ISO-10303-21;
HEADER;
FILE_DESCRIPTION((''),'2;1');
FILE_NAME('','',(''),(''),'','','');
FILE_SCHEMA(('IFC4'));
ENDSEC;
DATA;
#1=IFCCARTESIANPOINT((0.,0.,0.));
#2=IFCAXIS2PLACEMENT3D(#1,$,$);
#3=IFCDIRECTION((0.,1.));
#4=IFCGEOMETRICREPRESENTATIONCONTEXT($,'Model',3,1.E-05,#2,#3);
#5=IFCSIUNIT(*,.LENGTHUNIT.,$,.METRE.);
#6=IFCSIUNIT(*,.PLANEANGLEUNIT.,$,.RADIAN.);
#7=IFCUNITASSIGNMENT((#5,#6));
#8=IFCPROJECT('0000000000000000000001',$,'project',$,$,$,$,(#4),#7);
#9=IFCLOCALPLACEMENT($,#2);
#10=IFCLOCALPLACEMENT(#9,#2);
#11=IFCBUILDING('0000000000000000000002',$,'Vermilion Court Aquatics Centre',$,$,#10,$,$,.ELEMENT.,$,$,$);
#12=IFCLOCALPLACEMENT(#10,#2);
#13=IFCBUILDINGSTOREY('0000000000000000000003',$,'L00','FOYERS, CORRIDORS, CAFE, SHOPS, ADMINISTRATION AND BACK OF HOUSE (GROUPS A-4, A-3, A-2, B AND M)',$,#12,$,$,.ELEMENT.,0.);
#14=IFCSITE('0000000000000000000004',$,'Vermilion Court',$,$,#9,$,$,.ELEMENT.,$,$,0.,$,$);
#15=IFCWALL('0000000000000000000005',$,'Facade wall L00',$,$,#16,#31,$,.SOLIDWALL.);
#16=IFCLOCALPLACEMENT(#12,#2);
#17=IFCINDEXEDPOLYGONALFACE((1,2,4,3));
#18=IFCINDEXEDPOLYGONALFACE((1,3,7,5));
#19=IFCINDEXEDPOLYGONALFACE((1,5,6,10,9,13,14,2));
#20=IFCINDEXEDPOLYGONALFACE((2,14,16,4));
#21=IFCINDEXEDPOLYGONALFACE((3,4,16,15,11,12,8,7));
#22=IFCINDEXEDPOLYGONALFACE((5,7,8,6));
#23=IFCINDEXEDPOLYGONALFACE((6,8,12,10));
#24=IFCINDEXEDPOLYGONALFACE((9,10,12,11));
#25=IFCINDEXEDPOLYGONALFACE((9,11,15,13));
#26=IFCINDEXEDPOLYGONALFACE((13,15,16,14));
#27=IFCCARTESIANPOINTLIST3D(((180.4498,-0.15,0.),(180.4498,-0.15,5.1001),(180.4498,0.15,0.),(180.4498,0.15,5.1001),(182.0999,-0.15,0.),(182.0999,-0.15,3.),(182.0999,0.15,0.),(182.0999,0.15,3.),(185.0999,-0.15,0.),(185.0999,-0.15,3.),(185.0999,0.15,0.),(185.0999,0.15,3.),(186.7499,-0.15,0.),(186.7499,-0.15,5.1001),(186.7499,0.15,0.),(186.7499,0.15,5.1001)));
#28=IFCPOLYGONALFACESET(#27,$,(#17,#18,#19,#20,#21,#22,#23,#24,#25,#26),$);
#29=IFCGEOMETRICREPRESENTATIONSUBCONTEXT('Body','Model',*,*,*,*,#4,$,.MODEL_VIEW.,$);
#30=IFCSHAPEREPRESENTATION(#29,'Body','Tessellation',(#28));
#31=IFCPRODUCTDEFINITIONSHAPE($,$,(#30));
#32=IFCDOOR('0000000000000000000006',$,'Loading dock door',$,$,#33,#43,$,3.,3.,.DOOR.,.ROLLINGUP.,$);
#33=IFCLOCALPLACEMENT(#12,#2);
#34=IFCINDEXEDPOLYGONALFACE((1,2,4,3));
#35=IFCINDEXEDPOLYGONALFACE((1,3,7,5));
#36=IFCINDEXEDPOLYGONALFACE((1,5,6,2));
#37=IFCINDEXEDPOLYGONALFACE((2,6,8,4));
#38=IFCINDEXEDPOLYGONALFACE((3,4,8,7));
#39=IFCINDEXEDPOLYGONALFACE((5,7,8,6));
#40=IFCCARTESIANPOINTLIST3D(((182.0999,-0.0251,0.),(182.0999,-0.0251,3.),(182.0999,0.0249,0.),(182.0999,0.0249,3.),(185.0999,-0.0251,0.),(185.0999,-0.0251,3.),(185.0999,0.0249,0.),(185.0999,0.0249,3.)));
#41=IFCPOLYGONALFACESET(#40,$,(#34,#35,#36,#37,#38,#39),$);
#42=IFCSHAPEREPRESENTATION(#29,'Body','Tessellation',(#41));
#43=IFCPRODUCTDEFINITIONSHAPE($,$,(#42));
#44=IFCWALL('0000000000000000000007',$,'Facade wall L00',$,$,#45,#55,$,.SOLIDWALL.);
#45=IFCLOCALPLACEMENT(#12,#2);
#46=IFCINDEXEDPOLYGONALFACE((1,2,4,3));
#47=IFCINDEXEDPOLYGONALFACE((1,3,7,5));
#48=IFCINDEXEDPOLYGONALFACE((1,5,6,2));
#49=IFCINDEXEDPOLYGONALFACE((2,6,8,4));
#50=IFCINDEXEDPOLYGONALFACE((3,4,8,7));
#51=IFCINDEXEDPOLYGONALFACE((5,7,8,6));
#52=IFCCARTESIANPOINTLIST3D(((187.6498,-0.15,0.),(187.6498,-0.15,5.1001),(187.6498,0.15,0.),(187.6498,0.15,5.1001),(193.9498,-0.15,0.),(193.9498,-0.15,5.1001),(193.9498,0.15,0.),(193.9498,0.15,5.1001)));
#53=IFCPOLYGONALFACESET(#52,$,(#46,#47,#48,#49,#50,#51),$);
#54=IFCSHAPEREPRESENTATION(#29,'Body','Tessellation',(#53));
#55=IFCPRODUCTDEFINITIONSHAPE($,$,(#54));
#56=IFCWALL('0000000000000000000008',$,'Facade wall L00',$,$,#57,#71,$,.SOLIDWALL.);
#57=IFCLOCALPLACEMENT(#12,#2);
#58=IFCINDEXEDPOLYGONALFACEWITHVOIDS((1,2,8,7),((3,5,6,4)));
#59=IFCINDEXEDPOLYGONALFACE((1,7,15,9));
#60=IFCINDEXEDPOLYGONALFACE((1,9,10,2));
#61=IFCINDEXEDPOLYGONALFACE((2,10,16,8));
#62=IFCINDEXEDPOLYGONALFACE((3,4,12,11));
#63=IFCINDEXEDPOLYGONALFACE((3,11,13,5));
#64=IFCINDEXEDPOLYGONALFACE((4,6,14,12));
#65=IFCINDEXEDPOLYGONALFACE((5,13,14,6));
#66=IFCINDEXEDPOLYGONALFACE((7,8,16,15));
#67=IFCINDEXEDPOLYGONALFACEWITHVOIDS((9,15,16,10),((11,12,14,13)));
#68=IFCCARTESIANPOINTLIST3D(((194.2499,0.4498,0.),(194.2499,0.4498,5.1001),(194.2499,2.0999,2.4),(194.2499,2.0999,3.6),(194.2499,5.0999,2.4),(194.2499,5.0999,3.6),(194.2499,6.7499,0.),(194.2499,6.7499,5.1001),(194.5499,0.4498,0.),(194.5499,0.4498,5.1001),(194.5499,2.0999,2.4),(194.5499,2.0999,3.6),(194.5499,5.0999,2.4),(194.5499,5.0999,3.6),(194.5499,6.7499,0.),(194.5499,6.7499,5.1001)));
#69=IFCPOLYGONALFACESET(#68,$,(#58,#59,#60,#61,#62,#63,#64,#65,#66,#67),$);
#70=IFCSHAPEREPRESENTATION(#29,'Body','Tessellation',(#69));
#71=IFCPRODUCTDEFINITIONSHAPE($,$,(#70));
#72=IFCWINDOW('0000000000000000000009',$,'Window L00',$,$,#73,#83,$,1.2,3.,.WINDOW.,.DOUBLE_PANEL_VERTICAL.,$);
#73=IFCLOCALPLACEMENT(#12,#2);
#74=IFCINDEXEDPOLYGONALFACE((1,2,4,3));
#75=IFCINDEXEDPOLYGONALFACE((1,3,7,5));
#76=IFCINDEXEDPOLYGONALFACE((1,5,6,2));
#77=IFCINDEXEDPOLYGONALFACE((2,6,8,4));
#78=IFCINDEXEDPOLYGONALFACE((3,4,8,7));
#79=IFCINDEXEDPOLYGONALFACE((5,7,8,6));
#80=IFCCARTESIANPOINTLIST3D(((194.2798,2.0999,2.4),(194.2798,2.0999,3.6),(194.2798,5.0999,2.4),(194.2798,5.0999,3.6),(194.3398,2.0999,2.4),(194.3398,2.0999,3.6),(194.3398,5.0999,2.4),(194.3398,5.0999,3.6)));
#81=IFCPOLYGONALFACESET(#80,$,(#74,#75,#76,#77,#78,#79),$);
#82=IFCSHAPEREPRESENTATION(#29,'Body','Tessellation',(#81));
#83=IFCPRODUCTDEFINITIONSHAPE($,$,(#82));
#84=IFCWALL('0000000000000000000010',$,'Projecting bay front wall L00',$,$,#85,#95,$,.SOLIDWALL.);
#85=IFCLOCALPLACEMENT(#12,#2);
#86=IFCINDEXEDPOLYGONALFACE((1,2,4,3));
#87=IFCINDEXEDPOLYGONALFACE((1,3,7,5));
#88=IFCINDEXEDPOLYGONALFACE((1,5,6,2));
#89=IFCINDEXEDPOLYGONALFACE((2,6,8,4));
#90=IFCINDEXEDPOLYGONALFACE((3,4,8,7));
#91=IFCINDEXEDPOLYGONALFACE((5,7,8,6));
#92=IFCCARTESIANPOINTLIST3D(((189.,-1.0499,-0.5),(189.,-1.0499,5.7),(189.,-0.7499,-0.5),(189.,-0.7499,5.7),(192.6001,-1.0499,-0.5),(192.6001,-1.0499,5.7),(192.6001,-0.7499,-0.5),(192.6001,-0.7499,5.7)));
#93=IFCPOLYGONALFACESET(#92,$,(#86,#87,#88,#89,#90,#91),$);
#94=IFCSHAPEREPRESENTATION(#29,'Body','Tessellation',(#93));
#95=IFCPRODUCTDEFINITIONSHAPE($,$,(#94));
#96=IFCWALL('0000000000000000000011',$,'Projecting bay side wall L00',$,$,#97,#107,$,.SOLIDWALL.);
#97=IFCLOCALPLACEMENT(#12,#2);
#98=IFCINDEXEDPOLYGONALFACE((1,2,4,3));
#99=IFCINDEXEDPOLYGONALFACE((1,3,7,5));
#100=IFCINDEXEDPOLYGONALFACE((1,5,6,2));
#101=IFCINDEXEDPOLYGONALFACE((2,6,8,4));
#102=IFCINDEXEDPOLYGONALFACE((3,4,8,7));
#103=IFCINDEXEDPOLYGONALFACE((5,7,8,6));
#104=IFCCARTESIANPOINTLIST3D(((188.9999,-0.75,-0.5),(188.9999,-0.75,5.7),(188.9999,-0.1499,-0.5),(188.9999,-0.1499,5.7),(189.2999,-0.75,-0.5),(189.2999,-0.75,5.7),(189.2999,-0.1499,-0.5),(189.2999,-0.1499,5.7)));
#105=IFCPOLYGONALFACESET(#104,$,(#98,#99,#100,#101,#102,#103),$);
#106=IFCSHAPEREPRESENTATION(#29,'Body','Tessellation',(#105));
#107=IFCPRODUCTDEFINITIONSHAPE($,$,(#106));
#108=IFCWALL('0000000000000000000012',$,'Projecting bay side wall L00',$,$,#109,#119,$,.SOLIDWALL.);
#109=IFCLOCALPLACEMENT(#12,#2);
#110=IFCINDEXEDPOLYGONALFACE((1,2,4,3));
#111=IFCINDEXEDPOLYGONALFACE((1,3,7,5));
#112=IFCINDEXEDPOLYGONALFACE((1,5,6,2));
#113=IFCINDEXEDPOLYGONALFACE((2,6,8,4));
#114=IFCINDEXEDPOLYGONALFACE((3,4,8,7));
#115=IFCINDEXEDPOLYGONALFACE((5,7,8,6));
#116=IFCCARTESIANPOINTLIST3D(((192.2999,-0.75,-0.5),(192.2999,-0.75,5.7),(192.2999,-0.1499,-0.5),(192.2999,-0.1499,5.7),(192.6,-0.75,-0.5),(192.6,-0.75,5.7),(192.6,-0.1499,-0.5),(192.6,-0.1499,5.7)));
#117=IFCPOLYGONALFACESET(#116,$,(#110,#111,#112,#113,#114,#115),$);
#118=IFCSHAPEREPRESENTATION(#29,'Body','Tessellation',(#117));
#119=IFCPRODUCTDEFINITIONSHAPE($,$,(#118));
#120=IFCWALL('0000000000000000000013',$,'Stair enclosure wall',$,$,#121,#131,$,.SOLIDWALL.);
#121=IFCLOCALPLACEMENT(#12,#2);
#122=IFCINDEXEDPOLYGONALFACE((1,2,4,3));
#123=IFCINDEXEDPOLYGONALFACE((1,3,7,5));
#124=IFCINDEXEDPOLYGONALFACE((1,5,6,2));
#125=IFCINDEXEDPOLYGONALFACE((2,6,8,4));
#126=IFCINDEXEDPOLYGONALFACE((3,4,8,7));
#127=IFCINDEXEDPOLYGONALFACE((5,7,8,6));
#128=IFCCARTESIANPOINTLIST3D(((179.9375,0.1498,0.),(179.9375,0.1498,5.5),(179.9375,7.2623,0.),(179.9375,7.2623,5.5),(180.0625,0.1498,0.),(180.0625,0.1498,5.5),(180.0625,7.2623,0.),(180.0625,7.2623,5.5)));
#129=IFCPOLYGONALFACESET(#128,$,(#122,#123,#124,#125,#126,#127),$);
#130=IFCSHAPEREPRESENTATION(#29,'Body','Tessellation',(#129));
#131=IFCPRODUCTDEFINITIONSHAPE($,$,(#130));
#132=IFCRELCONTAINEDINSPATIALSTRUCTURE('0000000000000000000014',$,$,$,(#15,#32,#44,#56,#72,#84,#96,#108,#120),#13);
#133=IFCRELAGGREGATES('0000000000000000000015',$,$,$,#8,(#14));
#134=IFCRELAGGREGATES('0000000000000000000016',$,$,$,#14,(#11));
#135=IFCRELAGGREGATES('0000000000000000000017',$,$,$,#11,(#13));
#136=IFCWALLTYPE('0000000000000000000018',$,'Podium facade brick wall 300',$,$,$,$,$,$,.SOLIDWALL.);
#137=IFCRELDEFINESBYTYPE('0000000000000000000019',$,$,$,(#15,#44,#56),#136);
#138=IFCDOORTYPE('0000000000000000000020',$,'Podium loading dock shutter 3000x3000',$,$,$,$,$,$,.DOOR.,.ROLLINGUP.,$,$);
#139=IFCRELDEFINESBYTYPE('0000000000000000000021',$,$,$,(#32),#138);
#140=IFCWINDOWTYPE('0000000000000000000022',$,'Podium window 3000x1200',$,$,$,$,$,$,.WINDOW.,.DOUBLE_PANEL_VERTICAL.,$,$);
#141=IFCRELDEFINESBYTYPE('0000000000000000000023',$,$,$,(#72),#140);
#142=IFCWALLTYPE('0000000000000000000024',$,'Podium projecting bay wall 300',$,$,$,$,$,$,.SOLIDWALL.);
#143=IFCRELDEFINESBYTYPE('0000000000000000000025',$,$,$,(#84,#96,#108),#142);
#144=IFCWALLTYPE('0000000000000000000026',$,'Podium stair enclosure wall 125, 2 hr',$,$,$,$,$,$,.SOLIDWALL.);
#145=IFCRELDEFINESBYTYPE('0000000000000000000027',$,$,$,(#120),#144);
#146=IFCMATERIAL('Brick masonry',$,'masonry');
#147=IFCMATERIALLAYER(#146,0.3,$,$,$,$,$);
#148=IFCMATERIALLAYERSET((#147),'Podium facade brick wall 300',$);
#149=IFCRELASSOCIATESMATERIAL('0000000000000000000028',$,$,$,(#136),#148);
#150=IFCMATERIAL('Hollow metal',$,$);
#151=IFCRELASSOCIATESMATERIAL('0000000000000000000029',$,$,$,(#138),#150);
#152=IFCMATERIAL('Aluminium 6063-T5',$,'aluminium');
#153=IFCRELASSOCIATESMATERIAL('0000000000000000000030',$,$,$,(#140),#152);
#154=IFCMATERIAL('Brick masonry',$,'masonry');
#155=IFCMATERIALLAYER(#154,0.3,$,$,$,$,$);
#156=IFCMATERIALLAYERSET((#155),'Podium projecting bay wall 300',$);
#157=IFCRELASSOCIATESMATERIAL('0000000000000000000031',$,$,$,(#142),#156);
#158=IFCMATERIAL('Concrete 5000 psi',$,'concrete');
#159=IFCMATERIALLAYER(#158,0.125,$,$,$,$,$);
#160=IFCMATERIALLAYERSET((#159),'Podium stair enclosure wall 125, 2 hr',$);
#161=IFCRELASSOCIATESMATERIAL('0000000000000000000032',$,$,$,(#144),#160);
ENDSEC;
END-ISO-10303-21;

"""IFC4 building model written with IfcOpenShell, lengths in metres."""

from ifc_helpers import new_model, si_unit, direction, frame, frame_2d, origin, place, context, subcontext, project, spatial, rectangle, extrude, material, layer, layer_set, type_object, element, fill, save


model = new_model("IFC4")

# Units and contexts
model_context = context("Model", 3, precision=1e-05, world=origin(), true_north=direction((0.0, 1.0)))
body_context = subcontext(model_context, "Body", "Model", "MODEL_VIEW")
ifc_project = project(units=[si_unit("LENGTHUNIT", "METRE"), si_unit("PLANEANGLEUNIT", "RADIAN")], contexts=[model_context])

# Site, building, storey
site_placement = place(None, origin())
site = spatial("IfcSite", under=ifc_project, at=site_placement, Name="Vermilion Court", CompositionType="ELEMENT", RefElevation=0.0)
building_placement = place(site_placement, origin())
building = spatial("IfcBuilding", under=site, at=building_placement, Name="Vermilion Court Aquatics Centre", CompositionType="ELEMENT")
storey_placement = place(building_placement, origin())
storey = spatial("IfcBuildingStorey", under=building, at=storey_placement, Name="L00", Description="FOYERS, CORRIDORS, CAFE, SHOPS, ADMINISTRATION AND BACK OF HOUSE (GROUPS A-4, A-3, A-2, B AND M)", CompositionType="ELEMENT", Elevation=0.0)

# Wall, opening, door
ifc_material_1 = material(Name="Brick masonry", Category="masonry")
ifc_layer_1 = layer(ifc_material_1, 0.3)
ifc_layer_set_1 = layer_set([ifc_layer_1], Name="Podium facade brick wall 300")
wall_type_1 = type_object("IfcWallType", Name="Podium facade brick wall 300", PredefinedType="SOLIDWALL", material=ifc_layer_set_1)
wall_1_placement = place(storey_placement, frame((180.45, 0.0, 0.0), z_axis=(0.0, 0.0, 1.0), x_axis=(1.0, 0.0, 0.0)))
wall_1 = element("IfcWall", 1, at=wall_1_placement, inside=storey, type_object=wall_type_1, Name="Facade wall L00", PredefinedType="SOLIDWALL", context=body_context, shape_type="SweptSolid", body=[
    extrude(rectangle(XDim=6.3, YDim=0.3, at=frame_2d((3.1499, 0.0))), origin(), (0.0, 0.0, 1.0), 5.1001),
])
opening_1_placement = place(wall_1_placement, frame((1.6499, 0.0, 0.0)))
opening_1 = element("IfcOpeningElement", 2, at=opening_1_placement, cuts=wall_1, PredefinedType="OPENING", context=body_context, shape_type="SweptSolid", body=[
    extrude(rectangle(XDim=3.0, YDim=3.0, at=frame_2d((1.5, 1.5))), frame((0.0, 0.1599, 0.0), z_axis=(0.0, -1.0, 0.0), x_axis=(1.0, 0.0, 0.0)), (0.0, 0.0, 1.0), 0.3201),
])
ifc_material_2 = material(Name="Hollow metal")
door_type = type_object("IfcDoorType", Name="Podium loading dock shutter 3000x3000", OperationType="ROLLINGUP", PredefinedType="DOOR", material=ifc_material_2)
door_placement = place(opening_1_placement, frame((3.0, 0.0, 0.0), z_axis=(0.0, 0.0, 1.0), x_axis=(-1.0, 0.0, 0.0)))
door = element("IfcDoor", 3, at=door_placement, inside=storey, type_object=door_type, Name="Loading dock door", OperationType="ROLLINGUP", OverallHeight=3.0, OverallWidth=3.0, PredefinedType="DOOR", context=body_context, shape_type="SweptSolid", body=[
    extrude(rectangle(XDim=3.0, YDim=3.0, at=frame_2d((1.5, 1.5))), frame((0.0, 0.0251, 0.0), z_axis=(0.0, -1.0, 0.0), x_axis=(1.0, 0.0, 0.0)), (0.0, 0.0, 1.0), 0.05),
])
fill(opening_1, door)

# Wall
wall_2_placement = place(storey_placement, frame((187.6499, 0.0, 0.0), z_axis=(0.0, 0.0, 1.0), x_axis=(1.0, 0.0, 0.0)))
element("IfcWall", 4, at=wall_2_placement, inside=storey, type_object=wall_type_1, Name="Facade wall L00", PredefinedType="SOLIDWALL", context=body_context, shape_type="SweptSolid", body=[
    extrude(rectangle(XDim=6.3, YDim=0.3, at=frame_2d((3.1499, 0.0))), origin(), (0.0, 0.0, 1.0), 5.1001),
])

# Wall, opening, window
wall_3_placement = place(storey_placement, frame((194.3999, 0.45, 0.0), z_axis=(0.0, 0.0, 1.0), x_axis=(0.0, 1.0, 0.0)))
wall_3 = element("IfcWall", 5, at=wall_3_placement, inside=storey, type_object=wall_type_1, Name="Facade wall L00", PredefinedType="SOLIDWALL", context=body_context, shape_type="SweptSolid", body=[
    extrude(rectangle(XDim=6.3, YDim=0.3, at=frame_2d((3.1499, 0.0))), origin(), (0.0, 0.0, 1.0), 5.1001),
])
opening_2_placement = place(wall_3_placement, frame((1.6499, 0.0, 2.3999)))
opening_2 = element("IfcOpeningElement", 6, at=opening_2_placement, cuts=wall_3, PredefinedType="OPENING", context=body_context, shape_type="SweptSolid", body=[
    extrude(rectangle(XDim=3.0, YDim=1.2, at=frame_2d((1.5, 0.6001))), frame((0.0, 0.1599, 0.0), z_axis=(0.0, -1.0, 0.0), x_axis=(1.0, 0.0, 0.0)), (0.0, 0.0, 1.0), 0.3201),
])
ifc_material_3 = material(Name="Aluminium 6063-T5", Category="aluminium")
window_type = type_object("IfcWindowType", Name="Podium window 3000x1200", PartitioningType="DOUBLE_PANEL_VERTICAL", PredefinedType="WINDOW", material=ifc_material_3)
window_placement = place(opening_2_placement, origin())
window = element("IfcWindow", 7, at=window_placement, inside=storey, type_object=window_type, Name="Window L00", OverallHeight=1.2, OverallWidth=3.0, PartitioningType="DOUBLE_PANEL_VERTICAL", PredefinedType="WINDOW", context=body_context, shape_type="SweptSolid", body=[
    extrude(rectangle(XDim=3.0, YDim=1.2, at=frame_2d((1.5, 0.6001))), frame((0.0, 0.1201, 0.0), z_axis=(0.0, -1.0, 0.0), x_axis=(1.0, 0.0, 0.0)), (0.0, 0.0, 1.0), 0.0601),
])
fill(opening_2, window)

# Walls
ifc_material_4 = material(Name="Brick masonry", Category="masonry")
ifc_layer_2 = layer(ifc_material_4, 0.3)
ifc_layer_set_2 = layer_set([ifc_layer_2], Name="Podium projecting bay wall 300")
wall_type_2 = type_object("IfcWallType", Name="Podium projecting bay wall 300", PredefinedType="SOLIDWALL", material=ifc_layer_set_2)
wall_4_placement = place(storey_placement, frame((189.0, -0.8999, -0.5), z_axis=(0.0, 0.0, 1.0), x_axis=(1.0, 0.0, 0.0)))
element("IfcWall", 8, at=wall_4_placement, inside=storey, type_object=wall_type_2, Name="Projecting bay front wall L00", PredefinedType="SOLIDWALL", context=body_context, shape_type="SweptSolid", body=[
    extrude(rectangle(XDim=3.6001, YDim=0.3, at=frame_2d((1.8, 0.0))), origin(), (0.0, 0.0, 1.0), 6.2),
])
for number, where, z_axis, x_axis, name in (
    (9, (189.1499, -0.75, -0.5), (0.0, 0.0, 1.0), (0.0, 1.0, 0.0), "Projecting bay side wall L00"),
    (10, (192.45, -0.75, -0.5), (0.0, 0.0, 1.0), (0.0, 1.0, 0.0), "Projecting bay side wall L00"),
):
    element("IfcWall", number, at=place(storey_placement, frame(where, z_axis=z_axis, x_axis=x_axis)), inside=storey, type_object=wall_type_2, Name=name, PredefinedType="SOLIDWALL", context=body_context, shape_type="SweptSolid", body=[
        extrude(rectangle(XDim=0.6001, YDim=0.3, at=frame_2d((0.3, 0.0))), origin(), (0.0, 0.0, 1.0), 6.2),
    ])
ifc_material_5 = material(Name="Concrete 5000 psi", Category="concrete")
ifc_layer_3 = layer(ifc_material_5, 0.125)
ifc_layer_set_3 = layer_set([ifc_layer_3], Name="Podium stair enclosure wall 125, 2 hr")
wall_type_3 = type_object("IfcWallType", Name="Podium stair enclosure wall 125, 2 hr", PredefinedType="SOLIDWALL", material=ifc_layer_set_3)
wall_5_placement = place(storey_placement, frame((180.0, 0.1499, 0.0), z_axis=(0.0, 0.0, 1.0), x_axis=(0.0, 1.0, 0.0)))
element("IfcWall", 11, at=wall_5_placement, inside=storey, type_object=wall_type_3, Name="Stair enclosure wall", PredefinedType="SOLIDWALL", context=body_context, shape_type="SweptSolid", body=[
    extrude(rectangle(XDim=7.1125, YDim=0.125, at=frame_2d((3.5562, 0.0))), origin(), (0.0, 0.0, 1.0), 5.5),
])

save(model, "model.ifc")
